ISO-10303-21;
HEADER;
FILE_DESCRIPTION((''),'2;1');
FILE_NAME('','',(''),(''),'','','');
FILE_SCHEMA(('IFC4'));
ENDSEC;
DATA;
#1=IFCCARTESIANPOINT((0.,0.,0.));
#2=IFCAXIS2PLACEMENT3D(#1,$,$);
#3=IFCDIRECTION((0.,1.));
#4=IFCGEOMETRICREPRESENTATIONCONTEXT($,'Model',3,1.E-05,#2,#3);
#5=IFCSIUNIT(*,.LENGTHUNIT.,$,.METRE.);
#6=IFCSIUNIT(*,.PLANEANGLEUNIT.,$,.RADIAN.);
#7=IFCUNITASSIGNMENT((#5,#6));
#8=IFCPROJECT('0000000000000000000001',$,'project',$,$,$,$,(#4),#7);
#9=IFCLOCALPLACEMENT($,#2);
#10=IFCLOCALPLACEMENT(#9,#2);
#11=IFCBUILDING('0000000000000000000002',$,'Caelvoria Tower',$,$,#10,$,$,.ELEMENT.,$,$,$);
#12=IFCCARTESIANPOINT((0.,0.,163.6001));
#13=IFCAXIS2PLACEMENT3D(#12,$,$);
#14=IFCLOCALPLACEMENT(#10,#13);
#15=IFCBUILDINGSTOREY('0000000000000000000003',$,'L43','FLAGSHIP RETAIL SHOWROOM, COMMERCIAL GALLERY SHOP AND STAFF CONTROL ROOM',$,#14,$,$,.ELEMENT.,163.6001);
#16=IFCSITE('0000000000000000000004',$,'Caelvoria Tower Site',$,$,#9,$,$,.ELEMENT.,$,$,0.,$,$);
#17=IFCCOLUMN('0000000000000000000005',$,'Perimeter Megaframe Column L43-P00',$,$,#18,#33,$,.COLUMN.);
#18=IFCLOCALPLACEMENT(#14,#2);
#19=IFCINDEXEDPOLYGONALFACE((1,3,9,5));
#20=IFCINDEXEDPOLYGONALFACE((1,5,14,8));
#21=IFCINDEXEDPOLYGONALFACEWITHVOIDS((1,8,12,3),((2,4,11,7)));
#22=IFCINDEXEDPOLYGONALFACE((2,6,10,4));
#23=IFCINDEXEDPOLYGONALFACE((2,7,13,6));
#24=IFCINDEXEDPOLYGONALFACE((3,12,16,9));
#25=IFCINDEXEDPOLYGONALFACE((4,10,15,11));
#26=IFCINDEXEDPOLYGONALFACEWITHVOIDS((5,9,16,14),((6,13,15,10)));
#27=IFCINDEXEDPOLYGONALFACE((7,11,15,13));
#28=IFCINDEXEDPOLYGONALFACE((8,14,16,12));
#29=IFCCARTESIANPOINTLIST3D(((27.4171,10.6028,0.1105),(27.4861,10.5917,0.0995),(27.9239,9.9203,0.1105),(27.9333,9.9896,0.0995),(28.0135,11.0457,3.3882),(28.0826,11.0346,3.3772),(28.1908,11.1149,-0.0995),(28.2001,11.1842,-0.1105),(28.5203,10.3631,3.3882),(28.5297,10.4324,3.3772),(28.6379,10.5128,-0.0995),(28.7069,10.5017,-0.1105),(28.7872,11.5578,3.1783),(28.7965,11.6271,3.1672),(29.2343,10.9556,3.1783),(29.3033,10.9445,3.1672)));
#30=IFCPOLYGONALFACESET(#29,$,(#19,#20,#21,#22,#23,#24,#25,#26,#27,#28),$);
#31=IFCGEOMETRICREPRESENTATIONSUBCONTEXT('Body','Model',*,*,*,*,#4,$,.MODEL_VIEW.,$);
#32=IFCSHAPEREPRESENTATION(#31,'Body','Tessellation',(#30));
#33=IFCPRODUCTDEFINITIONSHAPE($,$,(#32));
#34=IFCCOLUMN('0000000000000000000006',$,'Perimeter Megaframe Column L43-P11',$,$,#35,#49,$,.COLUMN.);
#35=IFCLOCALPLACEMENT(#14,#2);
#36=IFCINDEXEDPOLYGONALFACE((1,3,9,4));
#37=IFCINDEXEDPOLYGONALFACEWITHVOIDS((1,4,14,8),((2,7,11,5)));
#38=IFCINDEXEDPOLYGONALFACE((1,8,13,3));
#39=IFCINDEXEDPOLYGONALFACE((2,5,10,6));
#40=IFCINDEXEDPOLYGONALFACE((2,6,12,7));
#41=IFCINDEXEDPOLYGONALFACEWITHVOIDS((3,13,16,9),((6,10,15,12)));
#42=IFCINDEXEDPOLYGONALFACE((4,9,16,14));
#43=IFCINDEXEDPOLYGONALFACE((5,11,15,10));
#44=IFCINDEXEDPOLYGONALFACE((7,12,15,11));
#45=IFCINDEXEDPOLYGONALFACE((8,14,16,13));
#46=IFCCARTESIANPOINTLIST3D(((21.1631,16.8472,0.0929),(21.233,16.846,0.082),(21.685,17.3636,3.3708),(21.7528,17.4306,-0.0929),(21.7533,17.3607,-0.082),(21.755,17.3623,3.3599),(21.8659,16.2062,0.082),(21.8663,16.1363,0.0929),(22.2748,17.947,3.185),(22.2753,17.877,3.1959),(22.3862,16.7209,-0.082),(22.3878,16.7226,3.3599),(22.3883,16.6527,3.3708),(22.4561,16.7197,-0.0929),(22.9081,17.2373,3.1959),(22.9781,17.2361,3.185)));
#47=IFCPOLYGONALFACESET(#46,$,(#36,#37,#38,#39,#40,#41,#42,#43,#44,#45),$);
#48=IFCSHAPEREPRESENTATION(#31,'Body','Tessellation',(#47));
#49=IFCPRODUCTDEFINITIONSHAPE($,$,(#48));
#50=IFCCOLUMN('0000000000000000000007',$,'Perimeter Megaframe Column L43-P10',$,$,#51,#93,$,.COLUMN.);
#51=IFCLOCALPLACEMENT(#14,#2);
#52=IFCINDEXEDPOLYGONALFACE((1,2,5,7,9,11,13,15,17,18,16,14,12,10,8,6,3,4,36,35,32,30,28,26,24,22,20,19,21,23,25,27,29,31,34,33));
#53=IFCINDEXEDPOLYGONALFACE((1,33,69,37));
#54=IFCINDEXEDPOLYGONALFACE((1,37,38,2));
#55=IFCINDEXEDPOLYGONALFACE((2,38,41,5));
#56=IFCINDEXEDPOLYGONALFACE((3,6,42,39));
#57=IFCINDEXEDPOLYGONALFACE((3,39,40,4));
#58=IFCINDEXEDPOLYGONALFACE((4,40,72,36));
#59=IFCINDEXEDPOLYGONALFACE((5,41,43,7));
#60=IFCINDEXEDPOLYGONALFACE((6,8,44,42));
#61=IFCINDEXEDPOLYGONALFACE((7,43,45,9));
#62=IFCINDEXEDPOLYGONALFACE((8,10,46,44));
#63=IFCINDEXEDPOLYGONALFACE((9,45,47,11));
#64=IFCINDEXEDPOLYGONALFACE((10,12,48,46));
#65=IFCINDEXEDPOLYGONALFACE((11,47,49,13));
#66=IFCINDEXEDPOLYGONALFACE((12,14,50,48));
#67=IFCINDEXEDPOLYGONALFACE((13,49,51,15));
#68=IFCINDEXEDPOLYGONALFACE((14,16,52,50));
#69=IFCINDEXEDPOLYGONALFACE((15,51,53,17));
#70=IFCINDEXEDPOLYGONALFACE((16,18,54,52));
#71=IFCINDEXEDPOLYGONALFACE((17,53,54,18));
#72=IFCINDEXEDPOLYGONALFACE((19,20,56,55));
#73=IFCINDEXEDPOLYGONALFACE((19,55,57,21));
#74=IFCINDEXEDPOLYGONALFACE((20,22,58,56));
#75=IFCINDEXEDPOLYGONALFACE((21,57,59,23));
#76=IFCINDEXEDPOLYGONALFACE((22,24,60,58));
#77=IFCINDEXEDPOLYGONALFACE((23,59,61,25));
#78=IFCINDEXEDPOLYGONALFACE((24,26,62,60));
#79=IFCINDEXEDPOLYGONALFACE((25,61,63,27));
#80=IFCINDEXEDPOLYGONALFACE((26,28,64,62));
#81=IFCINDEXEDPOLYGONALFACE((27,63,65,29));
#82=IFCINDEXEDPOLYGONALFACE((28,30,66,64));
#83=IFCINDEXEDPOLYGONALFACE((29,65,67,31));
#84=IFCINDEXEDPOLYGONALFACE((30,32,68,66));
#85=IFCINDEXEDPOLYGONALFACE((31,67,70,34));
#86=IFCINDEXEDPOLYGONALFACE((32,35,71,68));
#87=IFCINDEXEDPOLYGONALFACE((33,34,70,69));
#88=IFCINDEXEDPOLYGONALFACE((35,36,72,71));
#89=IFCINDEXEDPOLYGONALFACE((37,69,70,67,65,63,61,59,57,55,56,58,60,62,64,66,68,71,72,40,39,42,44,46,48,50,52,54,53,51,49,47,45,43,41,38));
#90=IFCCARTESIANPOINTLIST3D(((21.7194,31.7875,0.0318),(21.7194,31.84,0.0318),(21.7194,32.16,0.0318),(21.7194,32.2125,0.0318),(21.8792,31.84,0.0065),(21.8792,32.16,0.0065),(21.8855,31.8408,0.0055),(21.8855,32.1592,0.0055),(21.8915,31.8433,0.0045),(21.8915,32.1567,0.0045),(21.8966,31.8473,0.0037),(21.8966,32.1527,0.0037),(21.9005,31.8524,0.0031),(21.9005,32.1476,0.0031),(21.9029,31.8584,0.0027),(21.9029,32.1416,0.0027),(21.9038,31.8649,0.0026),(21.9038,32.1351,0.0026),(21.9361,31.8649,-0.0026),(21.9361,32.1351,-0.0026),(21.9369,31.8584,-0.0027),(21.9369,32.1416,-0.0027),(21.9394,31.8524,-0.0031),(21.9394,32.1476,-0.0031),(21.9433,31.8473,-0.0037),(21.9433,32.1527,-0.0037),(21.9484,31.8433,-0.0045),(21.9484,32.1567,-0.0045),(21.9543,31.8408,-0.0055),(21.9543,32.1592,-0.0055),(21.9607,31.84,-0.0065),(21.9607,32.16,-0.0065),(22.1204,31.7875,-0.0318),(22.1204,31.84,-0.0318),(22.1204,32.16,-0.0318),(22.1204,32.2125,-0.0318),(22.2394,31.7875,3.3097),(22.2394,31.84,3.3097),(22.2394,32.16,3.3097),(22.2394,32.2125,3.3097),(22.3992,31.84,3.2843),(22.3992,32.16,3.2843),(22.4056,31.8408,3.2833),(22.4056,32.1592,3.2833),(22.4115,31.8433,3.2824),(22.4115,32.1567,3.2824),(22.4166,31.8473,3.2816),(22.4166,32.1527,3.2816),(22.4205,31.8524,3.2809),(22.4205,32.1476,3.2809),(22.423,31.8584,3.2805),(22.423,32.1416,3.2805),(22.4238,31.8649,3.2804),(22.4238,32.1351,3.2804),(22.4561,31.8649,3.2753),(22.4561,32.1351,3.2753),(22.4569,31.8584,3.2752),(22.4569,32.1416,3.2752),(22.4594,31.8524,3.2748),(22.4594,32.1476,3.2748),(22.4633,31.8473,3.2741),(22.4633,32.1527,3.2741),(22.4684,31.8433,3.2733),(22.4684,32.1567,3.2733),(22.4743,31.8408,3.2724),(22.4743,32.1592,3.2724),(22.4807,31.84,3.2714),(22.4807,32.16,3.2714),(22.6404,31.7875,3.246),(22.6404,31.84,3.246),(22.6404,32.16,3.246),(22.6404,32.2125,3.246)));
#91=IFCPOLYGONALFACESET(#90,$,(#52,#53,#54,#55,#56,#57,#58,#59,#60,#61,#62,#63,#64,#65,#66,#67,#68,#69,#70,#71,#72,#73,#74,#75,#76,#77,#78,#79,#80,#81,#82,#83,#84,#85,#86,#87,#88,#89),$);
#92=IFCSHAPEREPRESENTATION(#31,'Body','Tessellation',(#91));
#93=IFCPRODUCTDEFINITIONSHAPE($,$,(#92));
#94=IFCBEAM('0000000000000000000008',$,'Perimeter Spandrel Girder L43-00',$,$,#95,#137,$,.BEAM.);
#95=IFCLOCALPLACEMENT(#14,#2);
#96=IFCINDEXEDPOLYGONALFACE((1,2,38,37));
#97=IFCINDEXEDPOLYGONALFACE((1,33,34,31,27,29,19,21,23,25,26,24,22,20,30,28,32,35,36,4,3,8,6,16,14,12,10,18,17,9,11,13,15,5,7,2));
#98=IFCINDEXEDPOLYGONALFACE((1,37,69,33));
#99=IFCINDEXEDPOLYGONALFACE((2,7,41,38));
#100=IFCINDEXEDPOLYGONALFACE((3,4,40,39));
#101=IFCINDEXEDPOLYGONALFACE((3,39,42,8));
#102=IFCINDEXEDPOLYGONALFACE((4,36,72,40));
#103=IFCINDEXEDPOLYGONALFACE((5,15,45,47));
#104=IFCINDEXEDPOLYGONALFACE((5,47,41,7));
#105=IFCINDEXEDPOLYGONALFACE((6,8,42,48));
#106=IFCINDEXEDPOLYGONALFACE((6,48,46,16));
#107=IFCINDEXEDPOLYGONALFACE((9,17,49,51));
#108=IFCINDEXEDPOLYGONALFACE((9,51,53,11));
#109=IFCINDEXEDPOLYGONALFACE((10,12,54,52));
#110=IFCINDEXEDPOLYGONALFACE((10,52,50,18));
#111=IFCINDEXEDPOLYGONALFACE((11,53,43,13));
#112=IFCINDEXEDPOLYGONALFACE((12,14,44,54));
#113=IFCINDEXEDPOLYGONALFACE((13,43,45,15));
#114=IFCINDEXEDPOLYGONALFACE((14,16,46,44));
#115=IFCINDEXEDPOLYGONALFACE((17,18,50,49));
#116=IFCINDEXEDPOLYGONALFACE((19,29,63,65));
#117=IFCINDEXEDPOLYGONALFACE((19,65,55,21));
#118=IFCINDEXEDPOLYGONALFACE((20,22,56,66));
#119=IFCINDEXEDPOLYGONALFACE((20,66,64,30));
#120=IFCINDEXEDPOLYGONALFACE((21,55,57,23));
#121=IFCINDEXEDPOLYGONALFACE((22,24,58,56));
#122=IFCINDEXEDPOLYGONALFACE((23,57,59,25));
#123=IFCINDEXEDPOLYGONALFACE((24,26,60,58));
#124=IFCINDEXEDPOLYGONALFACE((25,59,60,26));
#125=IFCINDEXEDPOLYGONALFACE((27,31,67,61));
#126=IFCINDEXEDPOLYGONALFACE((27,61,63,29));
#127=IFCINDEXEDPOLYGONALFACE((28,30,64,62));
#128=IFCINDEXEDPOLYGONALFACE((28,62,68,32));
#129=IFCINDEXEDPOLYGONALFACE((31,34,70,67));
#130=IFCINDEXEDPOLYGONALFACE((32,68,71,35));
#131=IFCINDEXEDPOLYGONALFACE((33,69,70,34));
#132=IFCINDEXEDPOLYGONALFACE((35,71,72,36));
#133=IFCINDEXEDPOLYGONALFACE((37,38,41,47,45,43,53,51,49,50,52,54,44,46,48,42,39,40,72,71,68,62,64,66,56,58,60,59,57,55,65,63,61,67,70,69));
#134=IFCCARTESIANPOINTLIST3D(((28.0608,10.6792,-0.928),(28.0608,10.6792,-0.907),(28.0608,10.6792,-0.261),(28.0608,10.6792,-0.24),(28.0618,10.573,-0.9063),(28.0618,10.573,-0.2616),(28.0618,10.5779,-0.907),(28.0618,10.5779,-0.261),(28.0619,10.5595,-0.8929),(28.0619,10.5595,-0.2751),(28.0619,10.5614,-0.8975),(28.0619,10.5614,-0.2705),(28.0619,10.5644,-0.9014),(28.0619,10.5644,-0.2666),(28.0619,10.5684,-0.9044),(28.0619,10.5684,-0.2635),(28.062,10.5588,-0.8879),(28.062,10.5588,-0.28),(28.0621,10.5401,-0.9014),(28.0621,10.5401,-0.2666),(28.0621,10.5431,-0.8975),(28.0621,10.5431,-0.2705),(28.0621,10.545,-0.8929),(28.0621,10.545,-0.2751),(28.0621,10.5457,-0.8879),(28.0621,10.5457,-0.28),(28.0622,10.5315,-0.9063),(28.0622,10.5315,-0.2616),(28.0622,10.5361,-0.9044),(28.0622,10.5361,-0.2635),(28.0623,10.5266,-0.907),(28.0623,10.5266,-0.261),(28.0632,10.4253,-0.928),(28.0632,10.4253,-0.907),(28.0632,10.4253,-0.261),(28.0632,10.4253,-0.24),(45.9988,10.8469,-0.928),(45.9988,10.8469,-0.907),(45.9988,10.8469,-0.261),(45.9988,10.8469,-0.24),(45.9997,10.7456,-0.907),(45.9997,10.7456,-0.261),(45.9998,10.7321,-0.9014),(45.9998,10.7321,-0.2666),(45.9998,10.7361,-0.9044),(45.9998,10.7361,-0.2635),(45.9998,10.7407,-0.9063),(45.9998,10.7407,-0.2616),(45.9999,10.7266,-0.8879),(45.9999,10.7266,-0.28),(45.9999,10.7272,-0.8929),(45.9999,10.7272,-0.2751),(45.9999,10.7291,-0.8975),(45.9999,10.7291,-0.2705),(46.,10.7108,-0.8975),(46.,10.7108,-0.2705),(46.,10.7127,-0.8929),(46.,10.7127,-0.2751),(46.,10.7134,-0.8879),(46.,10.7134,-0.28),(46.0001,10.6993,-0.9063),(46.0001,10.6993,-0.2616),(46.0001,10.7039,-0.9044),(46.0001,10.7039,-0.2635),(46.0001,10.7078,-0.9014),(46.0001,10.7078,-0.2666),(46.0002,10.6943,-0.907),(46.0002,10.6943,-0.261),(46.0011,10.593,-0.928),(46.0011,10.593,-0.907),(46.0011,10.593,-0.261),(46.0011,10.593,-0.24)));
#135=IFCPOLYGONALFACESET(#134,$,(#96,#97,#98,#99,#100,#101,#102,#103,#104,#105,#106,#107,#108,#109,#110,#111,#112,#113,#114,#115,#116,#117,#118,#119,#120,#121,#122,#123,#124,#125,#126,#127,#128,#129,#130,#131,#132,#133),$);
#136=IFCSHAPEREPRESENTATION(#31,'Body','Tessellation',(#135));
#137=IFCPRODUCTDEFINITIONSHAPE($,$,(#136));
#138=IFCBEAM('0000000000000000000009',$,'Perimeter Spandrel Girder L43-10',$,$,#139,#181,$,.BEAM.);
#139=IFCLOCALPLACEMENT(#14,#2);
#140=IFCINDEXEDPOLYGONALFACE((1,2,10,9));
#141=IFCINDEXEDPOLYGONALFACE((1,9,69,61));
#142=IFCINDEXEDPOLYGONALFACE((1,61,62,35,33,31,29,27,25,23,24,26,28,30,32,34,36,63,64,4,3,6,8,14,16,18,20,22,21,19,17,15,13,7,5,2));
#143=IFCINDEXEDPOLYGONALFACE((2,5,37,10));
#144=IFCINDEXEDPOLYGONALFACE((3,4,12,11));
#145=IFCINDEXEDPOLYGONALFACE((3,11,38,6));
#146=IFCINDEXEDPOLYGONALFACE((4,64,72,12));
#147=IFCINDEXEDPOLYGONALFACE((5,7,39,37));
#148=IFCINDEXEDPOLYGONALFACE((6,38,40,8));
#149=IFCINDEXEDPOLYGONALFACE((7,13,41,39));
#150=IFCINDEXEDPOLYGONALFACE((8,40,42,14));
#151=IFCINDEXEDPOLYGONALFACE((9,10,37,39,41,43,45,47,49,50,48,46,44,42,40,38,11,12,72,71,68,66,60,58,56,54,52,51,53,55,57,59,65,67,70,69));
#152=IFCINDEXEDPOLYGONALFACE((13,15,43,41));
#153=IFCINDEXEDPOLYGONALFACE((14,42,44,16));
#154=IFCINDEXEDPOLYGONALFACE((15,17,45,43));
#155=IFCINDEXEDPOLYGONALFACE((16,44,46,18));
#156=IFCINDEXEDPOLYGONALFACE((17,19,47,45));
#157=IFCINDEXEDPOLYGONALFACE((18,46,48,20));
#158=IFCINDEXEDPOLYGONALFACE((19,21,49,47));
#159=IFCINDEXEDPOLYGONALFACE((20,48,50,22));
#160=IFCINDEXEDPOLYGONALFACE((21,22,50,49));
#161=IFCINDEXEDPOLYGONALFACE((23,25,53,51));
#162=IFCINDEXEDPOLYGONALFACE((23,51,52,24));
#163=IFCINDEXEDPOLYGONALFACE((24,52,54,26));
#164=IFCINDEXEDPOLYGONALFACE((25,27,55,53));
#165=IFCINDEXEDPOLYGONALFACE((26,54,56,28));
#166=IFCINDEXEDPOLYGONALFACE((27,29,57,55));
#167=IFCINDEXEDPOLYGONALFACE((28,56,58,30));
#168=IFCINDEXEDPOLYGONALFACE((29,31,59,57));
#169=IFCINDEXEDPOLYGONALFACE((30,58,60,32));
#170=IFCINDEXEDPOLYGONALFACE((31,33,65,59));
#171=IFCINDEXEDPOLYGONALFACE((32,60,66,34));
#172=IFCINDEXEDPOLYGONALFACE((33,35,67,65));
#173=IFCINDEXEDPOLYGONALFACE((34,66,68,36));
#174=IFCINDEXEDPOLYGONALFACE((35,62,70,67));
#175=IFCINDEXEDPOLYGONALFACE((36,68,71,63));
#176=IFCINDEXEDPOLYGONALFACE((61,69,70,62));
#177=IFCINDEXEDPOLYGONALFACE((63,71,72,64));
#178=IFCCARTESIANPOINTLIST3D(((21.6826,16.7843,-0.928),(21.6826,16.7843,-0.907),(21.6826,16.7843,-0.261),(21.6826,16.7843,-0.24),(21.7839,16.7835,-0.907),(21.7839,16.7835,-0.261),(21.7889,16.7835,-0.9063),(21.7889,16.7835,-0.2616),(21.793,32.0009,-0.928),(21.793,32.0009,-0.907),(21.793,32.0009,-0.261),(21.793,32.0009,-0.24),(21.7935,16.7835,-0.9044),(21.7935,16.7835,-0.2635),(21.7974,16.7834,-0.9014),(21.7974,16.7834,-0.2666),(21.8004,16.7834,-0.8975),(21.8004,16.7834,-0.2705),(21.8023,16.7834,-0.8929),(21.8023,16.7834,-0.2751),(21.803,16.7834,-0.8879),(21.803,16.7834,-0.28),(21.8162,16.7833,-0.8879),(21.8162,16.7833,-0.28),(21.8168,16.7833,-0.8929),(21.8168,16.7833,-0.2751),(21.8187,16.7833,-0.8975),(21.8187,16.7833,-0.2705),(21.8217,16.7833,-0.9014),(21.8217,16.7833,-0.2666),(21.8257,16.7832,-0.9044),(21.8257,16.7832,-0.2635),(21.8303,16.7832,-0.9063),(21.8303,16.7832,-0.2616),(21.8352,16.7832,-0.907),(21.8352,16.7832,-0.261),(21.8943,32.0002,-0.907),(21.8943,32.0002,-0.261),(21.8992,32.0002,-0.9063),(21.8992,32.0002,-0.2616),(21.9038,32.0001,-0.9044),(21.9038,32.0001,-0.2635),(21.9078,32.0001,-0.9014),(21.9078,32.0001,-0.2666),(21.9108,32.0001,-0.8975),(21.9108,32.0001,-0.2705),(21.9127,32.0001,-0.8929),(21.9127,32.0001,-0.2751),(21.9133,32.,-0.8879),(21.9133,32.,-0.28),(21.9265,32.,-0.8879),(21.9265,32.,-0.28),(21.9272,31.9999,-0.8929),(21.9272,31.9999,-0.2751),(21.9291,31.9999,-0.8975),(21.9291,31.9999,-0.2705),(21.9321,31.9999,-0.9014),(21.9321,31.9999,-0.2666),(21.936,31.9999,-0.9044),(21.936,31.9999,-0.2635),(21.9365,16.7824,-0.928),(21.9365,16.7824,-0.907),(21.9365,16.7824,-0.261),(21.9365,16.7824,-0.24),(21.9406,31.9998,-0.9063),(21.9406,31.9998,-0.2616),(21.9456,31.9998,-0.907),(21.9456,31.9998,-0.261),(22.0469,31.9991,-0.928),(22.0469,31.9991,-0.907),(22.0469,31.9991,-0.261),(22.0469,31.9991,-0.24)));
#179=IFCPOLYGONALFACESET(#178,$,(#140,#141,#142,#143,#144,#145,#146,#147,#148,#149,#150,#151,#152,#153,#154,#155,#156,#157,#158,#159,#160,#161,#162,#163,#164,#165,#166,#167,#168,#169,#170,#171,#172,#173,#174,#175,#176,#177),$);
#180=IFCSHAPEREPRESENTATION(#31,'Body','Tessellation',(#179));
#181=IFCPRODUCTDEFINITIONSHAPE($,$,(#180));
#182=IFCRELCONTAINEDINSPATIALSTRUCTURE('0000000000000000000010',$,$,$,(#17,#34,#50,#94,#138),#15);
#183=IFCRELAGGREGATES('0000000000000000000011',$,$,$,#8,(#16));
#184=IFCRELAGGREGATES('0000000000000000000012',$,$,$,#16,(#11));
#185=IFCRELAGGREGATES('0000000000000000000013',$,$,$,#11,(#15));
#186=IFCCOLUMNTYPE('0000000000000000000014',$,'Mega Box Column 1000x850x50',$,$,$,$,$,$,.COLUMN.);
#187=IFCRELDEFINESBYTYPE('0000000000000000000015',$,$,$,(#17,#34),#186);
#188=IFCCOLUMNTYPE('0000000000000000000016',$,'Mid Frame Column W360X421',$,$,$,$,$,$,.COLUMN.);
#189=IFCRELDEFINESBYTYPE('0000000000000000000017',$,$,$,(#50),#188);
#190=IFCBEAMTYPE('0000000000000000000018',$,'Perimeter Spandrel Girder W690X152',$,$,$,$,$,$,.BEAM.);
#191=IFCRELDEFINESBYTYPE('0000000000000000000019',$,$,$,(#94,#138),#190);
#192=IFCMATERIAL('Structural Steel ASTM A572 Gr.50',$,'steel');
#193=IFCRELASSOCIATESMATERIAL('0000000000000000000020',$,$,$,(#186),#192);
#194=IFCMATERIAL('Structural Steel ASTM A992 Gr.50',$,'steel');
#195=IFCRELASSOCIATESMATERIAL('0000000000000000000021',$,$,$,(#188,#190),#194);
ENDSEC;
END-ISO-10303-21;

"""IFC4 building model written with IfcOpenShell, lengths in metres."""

from ifc_helpers import new_model, si_unit, direction, frame, origin, origin_2d, place, context, subcontext, project, spatial, hollow_rectangle, i_section, extrude, material, material_profile, profile_set, type_object, element, save


model = new_model("IFC4")

# Units and contexts
model_context = context("Model", 3, precision=1e-05, world=origin(), true_north=direction((0.0, 1.0)))
body_context = subcontext(model_context, "Body", "Model", "MODEL_VIEW")
ifc_project = project(units=[si_unit("LENGTHUNIT", "METRE"), si_unit("PLANEANGLEUNIT", "RADIAN")], contexts=[model_context])

# Site, building, storey
site_placement = place(None, origin())
site = spatial("IfcSite", under=ifc_project, at=site_placement, Name="Caelvoria Tower Site", CompositionType="ELEMENT", RefElevation=0.0)
building_placement = place(site_placement, origin())
building = spatial("IfcBuilding", under=site, at=building_placement, Name="Caelvoria Tower", CompositionType="ELEMENT")
storey_placement = place(building_placement, frame((0.0, 0.0, 163.6001)))
storey = spatial("IfcBuildingStorey", under=building, at=storey_placement, Name="L43", Description="FLAGSHIP RETAIL SHOWROOM, COMMERCIAL GALLERY SHOP AND STAFF CONTROL ROOM", CompositionType="ELEMENT", Elevation=163.6001)

# Columns
ifc_material_1 = material(Name="Structural Steel ASTM A572 Gr.50", Category="steel")
ifc_material_profile_1 = material_profile(ifc_material_1, hollow_rectangle(XDim=0.8501, YDim=1.0, WallThickness=0.05, at=origin_2d()), Name="Structural Steel ASTM A572 Gr.50")
ifc_profile_set_1 = profile_set([ifc_material_profile_1], Name="BOX1000X850X50 - Structural Steel ASTM A572 Gr.50")
column_type_1 = type_object("IfcColumnType", Name="Mega Box Column 1000x850x50", PredefinedType="COLUMN", material=ifc_profile_set_1)
column_1_placement = place(storey_placement, frame((28.062, 10.5522, 0.0), z_axis=(0.17746, 0.131769, 0.975267), x_axis=(-0.596155, 0.80287, 0.0)))
element("IfcColumn", 1, at=column_1_placement, inside=storey, type_object=column_type_1, Name="Perimeter Megaframe Column L43-P00", PredefinedType="COLUMN", context=body_context, shape_type="SweptSolid", body=[
    extrude(hollow_rectangle(XDim=0.8501, YDim=1.0, WallThickness=0.05, at=origin_2d()), origin(), (0.0, 0.0, 1.0), 3.3608),
])
column_2_placement = place(storey_placement, frame((21.8096, 16.7834, 0.0), z_axis=(0.155393, 0.153721, 0.975819), x_axis=(-0.69373, -0.686267, 0.218579)))
element("IfcColumn", 2, at=column_2_placement, inside=storey, type_object=column_type_1, Name="Perimeter Megaframe Column L43-P11", PredefinedType="COLUMN", context=body_context, shape_type="SweptSolid", body=[
    extrude(hollow_rectangle(XDim=0.8501, YDim=1.0, WallThickness=0.05, at=origin_2d()), origin(), (0.0, 0.0, 1.0), 3.3591),
])
ifc_material_2 = material(Name="Structural Steel ASTM A992 Gr.50", Category="steel")
ifc_material_profile_2 = material_profile(ifc_material_2, i_section(OverallWidth=0.406, OverallDepth=0.425, WebThickness=0.0327, FlangeThickness=0.0525, FilletRadius=0.0249, at=origin_2d()), Name="Structural Steel ASTM A992 Gr.50")
ifc_profile_set_2 = profile_set([ifc_material_profile_2], Name="W360X421 - Structural Steel ASTM A992 Gr.50")
column_type_2 = type_object("IfcColumnType", Name="Mid Frame Column W360X421", PredefinedType="COLUMN", material=ifc_profile_set_2)
column_3_placement = place(storey_placement, frame((21.9199, 32.0, 0.0), z_axis=(0.156688, 0.0, 0.987648), x_axis=(-0.987648, 0.0, 0.156688)))
element("IfcColumn", 3, at=column_3_placement, inside=storey, type_object=column_type_2, Name="Perimeter Megaframe Column L43-P10", PredefinedType="COLUMN", context=body_context, shape_type="SweptSolid", body=[
    extrude(i_section(OverallWidth=0.406, OverallDepth=0.425, WebThickness=0.0327, FlangeThickness=0.0525, FilletRadius=0.0249, at=origin_2d()), origin(), (0.0, 0.0, 1.0), 3.3188),
])

# Beams
ifc_material_profile_3 = material_profile(ifc_material_2, i_section(OverallWidth=0.2539, OverallDepth=0.688, WebThickness=0.0132, FlangeThickness=0.021, FilletRadius=0.019, at=origin_2d()), Name="Structural Steel ASTM A992 Gr.50")
ifc_profile_set_3 = profile_set([ifc_material_profile_3], Name="W690X152 - Structural Steel ASTM A992 Gr.50")
beam_type = type_object("IfcBeamType", Name="Perimeter Spandrel Girder W690X152", PredefinedType="BEAM", material=ifc_profile_set_3)
beam_1_placement = place(storey_placement, frame((28.062, 10.5522, -0.584), z_axis=(0.999956, 0.00935, 0.0), x_axis=(-0.00935, 0.999956, 0.0)))
element("IfcBeam", 4, at=beam_1_placement, inside=storey, type_object=beam_type, Name="Perimeter Spandrel Girder L43-00", PredefinedType="BEAM", context=body_context, shape_type="SweptSolid", body=[
    extrude(i_section(OverallWidth=0.2539, OverallDepth=0.688, WebThickness=0.0132, FlangeThickness=0.021, FilletRadius=0.019, at=origin_2d()), origin(), (0.0, 0.0, 1.0), 17.9387),
])
beam_2_placement = place(storey_placement, frame((21.9199, 32.0, -0.584), z_axis=(-0.007252, -0.999974, 0.0), x_axis=(0.999974, -0.007252, 0.0)))
element("IfcBeam", 5, at=beam_2_placement, inside=storey, type_object=beam_type, Name="Perimeter Spandrel Girder L43-10", PredefinedType="BEAM", context=body_context, shape_type="SweptSolid", body=[
    extrude(i_section(OverallWidth=0.2539, OverallDepth=0.688, WebThickness=0.0132, FlangeThickness=0.021, FilletRadius=0.019, at=origin_2d()), origin(), (0.0, 0.0, 1.0), 15.217),
])

save(model, "model.ifc")
